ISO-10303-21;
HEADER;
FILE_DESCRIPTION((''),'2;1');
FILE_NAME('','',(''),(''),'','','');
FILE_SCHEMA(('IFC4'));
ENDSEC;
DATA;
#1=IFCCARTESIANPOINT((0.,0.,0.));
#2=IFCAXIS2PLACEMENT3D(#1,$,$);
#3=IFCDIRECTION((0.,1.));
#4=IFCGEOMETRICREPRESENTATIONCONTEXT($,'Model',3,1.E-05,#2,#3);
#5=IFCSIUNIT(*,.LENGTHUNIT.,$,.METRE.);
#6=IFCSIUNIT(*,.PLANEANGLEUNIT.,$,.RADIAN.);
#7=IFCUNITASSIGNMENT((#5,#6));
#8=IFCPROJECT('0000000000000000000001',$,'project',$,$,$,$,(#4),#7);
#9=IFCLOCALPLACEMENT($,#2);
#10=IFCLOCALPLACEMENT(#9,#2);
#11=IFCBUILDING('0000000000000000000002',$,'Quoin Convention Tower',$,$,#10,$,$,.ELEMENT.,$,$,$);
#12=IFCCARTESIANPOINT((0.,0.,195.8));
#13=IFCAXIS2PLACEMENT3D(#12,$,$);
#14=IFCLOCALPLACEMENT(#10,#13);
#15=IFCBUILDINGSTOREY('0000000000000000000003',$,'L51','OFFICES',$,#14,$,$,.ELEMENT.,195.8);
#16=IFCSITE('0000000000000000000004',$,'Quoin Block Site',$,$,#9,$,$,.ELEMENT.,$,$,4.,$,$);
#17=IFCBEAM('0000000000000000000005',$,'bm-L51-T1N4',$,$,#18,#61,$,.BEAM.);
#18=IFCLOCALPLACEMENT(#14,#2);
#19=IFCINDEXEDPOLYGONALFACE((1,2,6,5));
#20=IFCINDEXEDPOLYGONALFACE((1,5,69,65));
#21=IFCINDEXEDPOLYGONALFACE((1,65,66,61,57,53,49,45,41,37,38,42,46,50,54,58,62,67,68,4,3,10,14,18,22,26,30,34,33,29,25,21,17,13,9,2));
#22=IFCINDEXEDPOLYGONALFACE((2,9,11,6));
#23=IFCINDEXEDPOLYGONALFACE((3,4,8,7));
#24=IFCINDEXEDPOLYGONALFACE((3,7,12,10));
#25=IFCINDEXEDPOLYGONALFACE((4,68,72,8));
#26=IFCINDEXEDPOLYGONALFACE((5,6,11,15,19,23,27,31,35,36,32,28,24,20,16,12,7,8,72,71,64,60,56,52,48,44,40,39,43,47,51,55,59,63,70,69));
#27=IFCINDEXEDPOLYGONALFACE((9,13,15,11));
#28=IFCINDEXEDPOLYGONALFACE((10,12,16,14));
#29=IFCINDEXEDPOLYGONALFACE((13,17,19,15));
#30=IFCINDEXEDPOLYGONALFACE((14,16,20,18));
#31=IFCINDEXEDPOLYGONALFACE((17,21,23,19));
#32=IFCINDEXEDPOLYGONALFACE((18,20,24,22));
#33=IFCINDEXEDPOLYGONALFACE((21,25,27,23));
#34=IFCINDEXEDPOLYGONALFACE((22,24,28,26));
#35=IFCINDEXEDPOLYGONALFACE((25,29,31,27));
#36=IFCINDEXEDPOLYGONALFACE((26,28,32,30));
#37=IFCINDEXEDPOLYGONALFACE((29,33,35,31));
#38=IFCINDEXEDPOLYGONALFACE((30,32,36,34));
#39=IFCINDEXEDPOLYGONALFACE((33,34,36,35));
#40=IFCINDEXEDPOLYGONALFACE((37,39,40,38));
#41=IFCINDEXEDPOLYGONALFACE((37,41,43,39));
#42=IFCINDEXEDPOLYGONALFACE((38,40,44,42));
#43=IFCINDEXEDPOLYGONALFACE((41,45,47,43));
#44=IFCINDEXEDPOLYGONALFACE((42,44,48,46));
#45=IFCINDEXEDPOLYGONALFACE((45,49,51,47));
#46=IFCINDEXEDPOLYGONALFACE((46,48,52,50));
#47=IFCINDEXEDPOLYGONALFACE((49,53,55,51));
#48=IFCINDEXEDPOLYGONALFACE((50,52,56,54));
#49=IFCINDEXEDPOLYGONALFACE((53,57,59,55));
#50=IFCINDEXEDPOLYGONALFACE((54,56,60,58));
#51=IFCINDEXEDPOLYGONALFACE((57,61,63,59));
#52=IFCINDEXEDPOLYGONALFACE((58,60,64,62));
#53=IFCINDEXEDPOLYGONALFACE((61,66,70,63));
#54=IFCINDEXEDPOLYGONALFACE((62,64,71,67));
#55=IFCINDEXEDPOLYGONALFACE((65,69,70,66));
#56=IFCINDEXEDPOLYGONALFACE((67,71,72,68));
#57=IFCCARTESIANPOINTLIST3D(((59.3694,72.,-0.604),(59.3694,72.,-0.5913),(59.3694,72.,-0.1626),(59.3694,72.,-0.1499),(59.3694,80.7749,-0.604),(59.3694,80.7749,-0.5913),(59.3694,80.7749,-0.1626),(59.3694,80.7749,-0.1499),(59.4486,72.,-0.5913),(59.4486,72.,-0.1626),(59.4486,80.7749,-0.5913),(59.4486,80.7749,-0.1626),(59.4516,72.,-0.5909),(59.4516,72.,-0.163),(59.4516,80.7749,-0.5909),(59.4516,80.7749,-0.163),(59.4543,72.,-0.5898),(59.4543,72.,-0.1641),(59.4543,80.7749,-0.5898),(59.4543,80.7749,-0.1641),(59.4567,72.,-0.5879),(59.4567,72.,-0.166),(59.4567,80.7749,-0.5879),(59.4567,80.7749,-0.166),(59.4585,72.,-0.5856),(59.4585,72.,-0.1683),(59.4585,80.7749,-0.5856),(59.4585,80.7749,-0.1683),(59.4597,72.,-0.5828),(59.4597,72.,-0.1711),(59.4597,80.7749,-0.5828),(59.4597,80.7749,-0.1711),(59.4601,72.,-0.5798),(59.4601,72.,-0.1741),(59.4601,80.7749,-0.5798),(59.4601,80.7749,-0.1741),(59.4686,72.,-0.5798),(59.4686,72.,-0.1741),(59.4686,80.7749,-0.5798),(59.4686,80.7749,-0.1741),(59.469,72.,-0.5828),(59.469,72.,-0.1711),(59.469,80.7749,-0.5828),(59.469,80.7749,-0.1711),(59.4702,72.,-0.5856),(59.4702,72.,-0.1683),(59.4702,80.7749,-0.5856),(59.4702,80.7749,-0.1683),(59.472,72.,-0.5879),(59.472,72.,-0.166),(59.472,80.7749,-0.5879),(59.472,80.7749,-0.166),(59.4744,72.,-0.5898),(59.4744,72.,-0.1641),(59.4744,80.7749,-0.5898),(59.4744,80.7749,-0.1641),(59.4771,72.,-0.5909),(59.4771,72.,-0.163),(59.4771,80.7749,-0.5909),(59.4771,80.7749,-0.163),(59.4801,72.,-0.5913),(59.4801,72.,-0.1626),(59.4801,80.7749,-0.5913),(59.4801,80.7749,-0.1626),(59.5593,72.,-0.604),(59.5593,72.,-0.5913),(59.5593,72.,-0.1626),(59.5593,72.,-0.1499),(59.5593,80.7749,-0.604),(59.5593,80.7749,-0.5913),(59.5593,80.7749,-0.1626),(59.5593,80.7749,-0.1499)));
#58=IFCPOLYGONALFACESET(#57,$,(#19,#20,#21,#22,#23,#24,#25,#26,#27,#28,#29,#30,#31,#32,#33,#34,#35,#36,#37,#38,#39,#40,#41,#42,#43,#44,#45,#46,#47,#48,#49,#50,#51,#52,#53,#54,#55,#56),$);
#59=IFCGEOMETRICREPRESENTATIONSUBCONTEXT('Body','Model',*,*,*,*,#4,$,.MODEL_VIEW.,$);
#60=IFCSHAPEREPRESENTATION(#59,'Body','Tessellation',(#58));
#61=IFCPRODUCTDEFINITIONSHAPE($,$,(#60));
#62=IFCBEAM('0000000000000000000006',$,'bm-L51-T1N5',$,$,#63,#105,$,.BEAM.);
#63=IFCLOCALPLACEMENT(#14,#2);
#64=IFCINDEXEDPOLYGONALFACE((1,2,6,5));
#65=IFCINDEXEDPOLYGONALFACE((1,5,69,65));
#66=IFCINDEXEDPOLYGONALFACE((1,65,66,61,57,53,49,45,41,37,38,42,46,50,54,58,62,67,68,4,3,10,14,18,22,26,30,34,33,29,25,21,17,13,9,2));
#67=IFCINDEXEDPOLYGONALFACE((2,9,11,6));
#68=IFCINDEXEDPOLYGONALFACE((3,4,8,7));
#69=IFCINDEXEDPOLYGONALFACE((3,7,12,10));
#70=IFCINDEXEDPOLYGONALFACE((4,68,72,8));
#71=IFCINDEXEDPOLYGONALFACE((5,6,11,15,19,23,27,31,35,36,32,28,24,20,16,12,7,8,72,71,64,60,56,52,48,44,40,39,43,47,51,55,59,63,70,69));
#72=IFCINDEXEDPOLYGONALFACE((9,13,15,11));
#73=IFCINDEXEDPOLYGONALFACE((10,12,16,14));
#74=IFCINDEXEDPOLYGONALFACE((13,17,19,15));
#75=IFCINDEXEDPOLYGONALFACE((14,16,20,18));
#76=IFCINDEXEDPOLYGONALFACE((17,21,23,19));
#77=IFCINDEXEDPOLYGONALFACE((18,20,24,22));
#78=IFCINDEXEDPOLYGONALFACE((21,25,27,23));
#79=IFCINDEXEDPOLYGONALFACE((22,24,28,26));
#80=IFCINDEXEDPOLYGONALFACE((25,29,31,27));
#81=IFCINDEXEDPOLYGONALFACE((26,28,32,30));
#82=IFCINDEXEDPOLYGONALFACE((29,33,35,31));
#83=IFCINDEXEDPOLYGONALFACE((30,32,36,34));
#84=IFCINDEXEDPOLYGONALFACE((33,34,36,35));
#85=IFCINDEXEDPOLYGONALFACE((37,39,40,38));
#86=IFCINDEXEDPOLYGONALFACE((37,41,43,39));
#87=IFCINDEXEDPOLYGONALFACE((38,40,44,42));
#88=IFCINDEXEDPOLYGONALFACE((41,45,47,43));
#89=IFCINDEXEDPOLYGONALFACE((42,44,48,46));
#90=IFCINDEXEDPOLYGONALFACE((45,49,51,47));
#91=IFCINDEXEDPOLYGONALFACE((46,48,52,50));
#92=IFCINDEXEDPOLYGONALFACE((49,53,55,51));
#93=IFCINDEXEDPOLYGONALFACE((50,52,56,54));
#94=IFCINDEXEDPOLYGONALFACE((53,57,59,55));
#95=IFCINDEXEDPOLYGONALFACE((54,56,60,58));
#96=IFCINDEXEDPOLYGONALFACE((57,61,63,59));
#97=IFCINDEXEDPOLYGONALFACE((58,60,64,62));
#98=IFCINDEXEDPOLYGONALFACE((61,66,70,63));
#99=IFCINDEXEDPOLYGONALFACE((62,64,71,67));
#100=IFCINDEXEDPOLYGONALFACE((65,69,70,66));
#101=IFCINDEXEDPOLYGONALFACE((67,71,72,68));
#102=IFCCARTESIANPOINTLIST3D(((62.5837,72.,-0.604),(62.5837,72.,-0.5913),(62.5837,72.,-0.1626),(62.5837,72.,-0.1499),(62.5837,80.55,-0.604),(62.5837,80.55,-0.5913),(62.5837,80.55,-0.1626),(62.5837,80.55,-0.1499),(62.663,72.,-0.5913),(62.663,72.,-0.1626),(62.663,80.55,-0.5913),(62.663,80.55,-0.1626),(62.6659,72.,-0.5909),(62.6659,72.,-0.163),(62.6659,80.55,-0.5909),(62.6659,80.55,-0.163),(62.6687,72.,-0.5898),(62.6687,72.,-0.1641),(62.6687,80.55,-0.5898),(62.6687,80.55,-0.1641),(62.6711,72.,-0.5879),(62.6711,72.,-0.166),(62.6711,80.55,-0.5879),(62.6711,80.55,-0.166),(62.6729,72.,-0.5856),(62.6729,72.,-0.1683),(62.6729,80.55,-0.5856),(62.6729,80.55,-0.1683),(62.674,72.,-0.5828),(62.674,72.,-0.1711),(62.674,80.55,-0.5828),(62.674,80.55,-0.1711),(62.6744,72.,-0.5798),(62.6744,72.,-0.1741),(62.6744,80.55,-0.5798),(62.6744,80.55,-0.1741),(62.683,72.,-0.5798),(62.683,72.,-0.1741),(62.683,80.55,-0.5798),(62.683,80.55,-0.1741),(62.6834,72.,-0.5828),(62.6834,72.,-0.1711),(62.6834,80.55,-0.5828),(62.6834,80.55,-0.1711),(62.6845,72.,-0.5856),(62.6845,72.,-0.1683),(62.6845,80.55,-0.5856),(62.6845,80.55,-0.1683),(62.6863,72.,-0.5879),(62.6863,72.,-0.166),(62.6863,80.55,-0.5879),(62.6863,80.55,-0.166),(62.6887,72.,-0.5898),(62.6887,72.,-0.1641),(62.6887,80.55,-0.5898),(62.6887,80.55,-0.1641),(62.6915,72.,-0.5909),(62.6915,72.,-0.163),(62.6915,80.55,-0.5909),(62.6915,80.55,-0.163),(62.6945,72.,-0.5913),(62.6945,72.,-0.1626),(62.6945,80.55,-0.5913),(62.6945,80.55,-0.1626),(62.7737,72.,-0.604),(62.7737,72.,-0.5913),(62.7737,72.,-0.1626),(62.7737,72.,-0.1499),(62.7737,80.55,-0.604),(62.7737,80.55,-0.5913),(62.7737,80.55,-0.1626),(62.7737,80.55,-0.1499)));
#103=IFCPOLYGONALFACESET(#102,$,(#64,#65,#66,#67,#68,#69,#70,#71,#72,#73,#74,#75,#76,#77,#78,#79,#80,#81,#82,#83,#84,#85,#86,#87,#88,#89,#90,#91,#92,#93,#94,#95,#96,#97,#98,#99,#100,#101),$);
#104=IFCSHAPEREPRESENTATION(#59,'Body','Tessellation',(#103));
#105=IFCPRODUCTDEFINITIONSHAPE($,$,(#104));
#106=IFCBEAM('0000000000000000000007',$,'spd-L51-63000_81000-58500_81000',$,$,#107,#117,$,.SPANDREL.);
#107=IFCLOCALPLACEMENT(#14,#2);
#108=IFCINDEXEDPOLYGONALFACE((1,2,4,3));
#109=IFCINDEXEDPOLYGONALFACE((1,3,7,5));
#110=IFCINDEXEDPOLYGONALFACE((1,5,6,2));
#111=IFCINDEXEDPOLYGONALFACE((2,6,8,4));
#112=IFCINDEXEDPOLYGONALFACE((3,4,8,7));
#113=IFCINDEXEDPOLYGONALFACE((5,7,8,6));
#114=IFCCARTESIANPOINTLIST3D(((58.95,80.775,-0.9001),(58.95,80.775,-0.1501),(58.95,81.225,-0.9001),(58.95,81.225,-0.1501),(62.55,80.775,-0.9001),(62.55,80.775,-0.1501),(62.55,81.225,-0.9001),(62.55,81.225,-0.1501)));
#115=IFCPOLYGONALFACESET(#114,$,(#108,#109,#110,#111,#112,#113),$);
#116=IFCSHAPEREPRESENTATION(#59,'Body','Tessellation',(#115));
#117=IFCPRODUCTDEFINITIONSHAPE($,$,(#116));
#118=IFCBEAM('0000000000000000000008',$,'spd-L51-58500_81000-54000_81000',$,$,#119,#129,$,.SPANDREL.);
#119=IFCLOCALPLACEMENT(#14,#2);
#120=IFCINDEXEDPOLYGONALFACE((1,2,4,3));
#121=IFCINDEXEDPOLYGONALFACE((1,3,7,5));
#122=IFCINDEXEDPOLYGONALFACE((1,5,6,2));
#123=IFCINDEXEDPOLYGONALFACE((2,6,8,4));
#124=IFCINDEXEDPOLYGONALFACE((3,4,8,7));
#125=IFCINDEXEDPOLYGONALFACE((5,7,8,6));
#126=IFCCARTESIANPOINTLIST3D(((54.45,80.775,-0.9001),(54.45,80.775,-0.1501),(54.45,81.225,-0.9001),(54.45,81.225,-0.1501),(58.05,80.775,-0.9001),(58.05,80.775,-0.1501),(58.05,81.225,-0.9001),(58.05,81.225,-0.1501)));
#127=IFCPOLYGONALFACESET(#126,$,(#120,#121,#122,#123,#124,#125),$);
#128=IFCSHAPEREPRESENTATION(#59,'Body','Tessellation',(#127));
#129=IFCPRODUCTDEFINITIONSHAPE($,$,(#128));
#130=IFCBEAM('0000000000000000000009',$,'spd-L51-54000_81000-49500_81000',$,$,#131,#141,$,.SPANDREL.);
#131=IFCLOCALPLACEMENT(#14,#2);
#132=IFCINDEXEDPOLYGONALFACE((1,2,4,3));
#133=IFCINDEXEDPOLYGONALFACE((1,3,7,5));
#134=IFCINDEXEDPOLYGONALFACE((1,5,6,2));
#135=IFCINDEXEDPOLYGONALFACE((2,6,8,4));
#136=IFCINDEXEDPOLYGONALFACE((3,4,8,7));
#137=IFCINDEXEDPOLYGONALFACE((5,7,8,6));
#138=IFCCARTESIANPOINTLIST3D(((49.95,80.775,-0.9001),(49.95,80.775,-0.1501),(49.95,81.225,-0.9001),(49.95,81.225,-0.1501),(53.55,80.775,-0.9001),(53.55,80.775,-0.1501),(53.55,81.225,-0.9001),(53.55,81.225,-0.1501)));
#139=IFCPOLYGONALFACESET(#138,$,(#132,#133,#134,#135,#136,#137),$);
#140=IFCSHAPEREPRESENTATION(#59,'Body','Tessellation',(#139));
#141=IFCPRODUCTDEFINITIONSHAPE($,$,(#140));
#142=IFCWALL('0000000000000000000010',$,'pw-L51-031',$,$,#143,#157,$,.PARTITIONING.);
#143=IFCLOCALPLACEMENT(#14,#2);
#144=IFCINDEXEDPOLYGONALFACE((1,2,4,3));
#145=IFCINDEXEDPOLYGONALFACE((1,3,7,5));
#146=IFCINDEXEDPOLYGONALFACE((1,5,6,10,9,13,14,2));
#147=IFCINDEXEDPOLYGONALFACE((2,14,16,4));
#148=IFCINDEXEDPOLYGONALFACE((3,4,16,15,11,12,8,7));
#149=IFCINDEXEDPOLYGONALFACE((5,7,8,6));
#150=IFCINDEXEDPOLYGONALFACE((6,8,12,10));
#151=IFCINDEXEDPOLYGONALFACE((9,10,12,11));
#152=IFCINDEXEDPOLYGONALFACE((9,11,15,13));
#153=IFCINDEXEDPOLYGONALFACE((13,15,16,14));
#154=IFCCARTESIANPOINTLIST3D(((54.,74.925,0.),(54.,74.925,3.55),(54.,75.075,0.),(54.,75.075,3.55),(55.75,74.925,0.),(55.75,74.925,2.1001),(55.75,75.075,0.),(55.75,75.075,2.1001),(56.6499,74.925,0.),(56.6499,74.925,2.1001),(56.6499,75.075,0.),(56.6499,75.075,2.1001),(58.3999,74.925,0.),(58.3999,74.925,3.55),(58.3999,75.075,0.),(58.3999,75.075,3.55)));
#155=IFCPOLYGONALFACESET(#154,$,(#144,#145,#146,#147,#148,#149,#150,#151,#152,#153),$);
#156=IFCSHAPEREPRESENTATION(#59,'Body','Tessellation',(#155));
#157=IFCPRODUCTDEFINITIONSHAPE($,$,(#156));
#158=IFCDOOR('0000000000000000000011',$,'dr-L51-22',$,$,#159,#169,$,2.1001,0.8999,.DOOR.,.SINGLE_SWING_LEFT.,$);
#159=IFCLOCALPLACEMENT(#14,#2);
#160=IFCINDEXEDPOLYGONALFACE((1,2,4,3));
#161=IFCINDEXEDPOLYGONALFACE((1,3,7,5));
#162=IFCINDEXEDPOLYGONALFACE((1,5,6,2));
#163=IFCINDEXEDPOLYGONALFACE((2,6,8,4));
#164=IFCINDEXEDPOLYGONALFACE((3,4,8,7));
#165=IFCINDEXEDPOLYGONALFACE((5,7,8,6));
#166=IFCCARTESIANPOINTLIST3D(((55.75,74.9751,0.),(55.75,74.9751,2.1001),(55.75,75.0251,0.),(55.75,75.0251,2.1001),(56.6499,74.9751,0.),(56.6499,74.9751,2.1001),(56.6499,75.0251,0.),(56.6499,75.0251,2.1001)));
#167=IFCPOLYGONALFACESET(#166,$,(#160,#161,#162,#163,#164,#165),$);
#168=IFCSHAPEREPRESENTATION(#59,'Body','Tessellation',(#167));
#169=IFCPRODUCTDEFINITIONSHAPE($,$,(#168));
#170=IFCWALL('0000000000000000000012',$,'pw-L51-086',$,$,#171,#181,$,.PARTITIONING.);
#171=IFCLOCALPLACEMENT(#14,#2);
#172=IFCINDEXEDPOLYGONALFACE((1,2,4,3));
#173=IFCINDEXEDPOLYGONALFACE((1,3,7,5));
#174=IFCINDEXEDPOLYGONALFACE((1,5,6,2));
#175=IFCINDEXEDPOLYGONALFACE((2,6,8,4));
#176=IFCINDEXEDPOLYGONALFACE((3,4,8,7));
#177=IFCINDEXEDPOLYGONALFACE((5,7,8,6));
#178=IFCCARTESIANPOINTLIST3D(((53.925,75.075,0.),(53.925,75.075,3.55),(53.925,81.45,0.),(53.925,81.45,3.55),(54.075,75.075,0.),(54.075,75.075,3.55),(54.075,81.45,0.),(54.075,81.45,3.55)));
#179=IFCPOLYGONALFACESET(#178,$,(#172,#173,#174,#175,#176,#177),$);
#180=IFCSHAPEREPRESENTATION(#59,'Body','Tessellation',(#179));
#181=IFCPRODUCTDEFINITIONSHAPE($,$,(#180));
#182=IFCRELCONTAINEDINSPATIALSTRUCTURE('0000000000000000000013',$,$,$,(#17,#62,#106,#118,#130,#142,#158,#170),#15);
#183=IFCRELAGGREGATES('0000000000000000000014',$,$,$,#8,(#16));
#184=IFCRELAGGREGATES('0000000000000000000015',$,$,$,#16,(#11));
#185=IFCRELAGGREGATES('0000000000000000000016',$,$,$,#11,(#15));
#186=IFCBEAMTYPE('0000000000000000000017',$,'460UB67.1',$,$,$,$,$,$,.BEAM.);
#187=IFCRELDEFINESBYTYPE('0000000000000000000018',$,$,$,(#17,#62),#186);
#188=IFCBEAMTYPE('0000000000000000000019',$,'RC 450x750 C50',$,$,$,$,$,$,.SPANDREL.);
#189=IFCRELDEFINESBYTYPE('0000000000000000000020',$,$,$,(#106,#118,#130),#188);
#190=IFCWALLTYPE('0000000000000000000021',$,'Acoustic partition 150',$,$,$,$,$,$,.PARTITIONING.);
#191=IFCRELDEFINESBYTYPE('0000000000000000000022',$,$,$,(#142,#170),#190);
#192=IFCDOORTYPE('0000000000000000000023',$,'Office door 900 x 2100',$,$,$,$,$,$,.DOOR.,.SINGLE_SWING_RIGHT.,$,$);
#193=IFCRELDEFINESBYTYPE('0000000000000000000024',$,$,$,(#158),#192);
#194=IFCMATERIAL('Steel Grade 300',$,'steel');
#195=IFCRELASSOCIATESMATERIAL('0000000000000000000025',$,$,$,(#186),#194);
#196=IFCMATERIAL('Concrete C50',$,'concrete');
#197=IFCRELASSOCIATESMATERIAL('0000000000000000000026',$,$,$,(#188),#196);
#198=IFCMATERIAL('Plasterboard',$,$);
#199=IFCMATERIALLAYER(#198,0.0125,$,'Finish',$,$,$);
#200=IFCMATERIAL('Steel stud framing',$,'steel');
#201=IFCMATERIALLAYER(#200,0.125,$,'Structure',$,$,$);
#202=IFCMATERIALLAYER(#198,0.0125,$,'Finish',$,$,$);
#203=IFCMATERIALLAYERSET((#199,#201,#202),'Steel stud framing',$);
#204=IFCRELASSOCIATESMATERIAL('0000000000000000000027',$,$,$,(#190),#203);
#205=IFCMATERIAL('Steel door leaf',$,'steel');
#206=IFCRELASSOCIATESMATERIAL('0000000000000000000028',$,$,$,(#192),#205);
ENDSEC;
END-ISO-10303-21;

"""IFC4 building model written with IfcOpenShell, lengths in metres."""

from ifc_helpers import new_model, si_unit, direction, frame, frame_2d, origin, origin_2d, place, context, subcontext, project, spatial, rectangle, i_section, extrude, material, layer, layer_set, material_profile, profile_set, type_object, element, fill, save


model = new_model("IFC4")

# Units and contexts
model_context = context("Model", 3, precision=1e-05, world=origin(), true_north=direction((0.0, 1.0)))
body_context = subcontext(model_context, "Body", "Model", "MODEL_VIEW")
ifc_project = project(units=[si_unit("LENGTHUNIT", "METRE"), si_unit("PLANEANGLEUNIT", "RADIAN")], contexts=[model_context])

# Site, building, storey
site_placement = place(None, origin())
site = spatial("IfcSite", under=ifc_project, at=site_placement, Name="Quoin Block Site", CompositionType="ELEMENT", RefElevation=4.0)
building_placement = place(site_placement, origin())
building = spatial("IfcBuilding", under=site, at=building_placement, Name="Quoin Convention Tower", CompositionType="ELEMENT")
storey_placement = place(building_placement, frame((0.0, 0.0, 195.8)))
storey = spatial("IfcBuildingStorey", under=building, at=storey_placement, Name="L51", Description="OFFICES", CompositionType="ELEMENT", Elevation=195.8)

# Shared definitions
ifc_material_1 = material(Name="Concrete C50", Category="concrete")

# Beams
ifc_material_2 = material(Name="Steel Grade 300", Category="steel")
ifc_material_profile_1 = material_profile(ifc_material_2, i_section(OverallWidth=0.1899, OverallDepth=0.4541, WebThickness=0.0085, FlangeThickness=0.0127, FilletRadius=0.0115, at=origin_2d()), Name="460UB67.1")
ifc_profile_set_1 = profile_set([ifc_material_profile_1], Name="Steel Grade 300")
beam_type_1 = type_object("IfcBeamType", Name="460UB67.1", PredefinedType="BEAM", material=ifc_profile_set_1)
for number, where, z_axis, x_axis, name in (
    (1, (59.4644, 72.0, -0.377), (0.0, 1.0, 0.0), (-1.0, 0.0, 0.0), "bm-L51-T1N4"),
):
    element("IfcBeam", number, at=place(storey_placement, frame(where, z_axis=z_axis, x_axis=x_axis)), inside=storey, type_object=beam_type_1, Name=name, PredefinedType="BEAM", context=body_context, shape_type="SweptSolid", body=[
        extrude(i_section(OverallWidth=0.1899, OverallDepth=0.4541, WebThickness=0.0085, FlangeThickness=0.0127, FilletRadius=0.0115, at=origin_2d()), origin(), (0.0, 0.0, 1.0), 8.7749),
    ])
beam_1_placement = place(storey_placement, frame((62.6787, 72.0, -0.377), z_axis=(0.0, 1.0, 0.0), x_axis=(-1.0, 0.0, 0.0)))
element("IfcBeam", 2, at=beam_1_placement, inside=storey, type_object=beam_type_1, Name="bm-L51-T1N5", PredefinedType="BEAM", context=body_context, shape_type="SweptSolid", body=[
    extrude(i_section(OverallWidth=0.1899, OverallDepth=0.4541, WebThickness=0.0085, FlangeThickness=0.0127, FilletRadius=0.0115, at=origin_2d()), origin(), (0.0, 0.0, 1.0), 8.55),
])
ifc_material_profile_2 = material_profile(ifc_material_1, rectangle(XDim=0.45, YDim=0.75, at=origin_2d()), Name="RC 450x750")
ifc_profile_set_2 = profile_set([ifc_material_profile_2], Name="Concrete C50")
beam_type_2 = type_object("IfcBeamType", Name="RC 450x750 C50", PredefinedType="SPANDREL", material=ifc_profile_set_2)
for number, where, z_axis, x_axis, name in (
    (3, (62.55, 81.0, -0.5251), (-1.0, 0.0, 0.0), (0.0, -1.0, 0.0), "spd-L51-63000_81000-58500_81000"),
    (4, (58.05, 81.0, -0.5251), (-1.0, 0.0, 0.0), (0.0, -1.0, 0.0), "spd-L51-58500_81000-54000_81000"),
    (5, (53.55, 81.0, -0.5251), (-1.0, 0.0, 0.0), (0.0, -1.0, 0.0), "spd-L51-54000_81000-49500_81000"),
):
    element("IfcBeam", number, at=place(storey_placement, frame(where, z_axis=z_axis, x_axis=x_axis)), inside=storey, type_object=beam_type_2, Name=name, PredefinedType="SPANDREL", context=body_context, shape_type="SweptSolid", body=[
        extrude(rectangle(XDim=0.45, YDim=0.75, at=origin_2d()), origin(), (0.0, 0.0, 1.0), 3.6001),
    ])

# Wall, opening, door
ifc_material_3 = material(Name="Plasterboard")
ifc_layer_1 = layer(ifc_material_3, 0.0125, Name="Finish")
ifc_material_4 = material(Name="Steel stud framing", Category="steel")
ifc_layer_2 = layer(ifc_material_4, 0.125, Name="Structure")
ifc_layer_3 = layer(ifc_material_3, 0.0125, Name="Finish")
ifc_layer_set_1 = layer_set([ifc_layer_1, ifc_layer_2, ifc_layer_3], Name="Steel stud framing")
wall_type_1 = type_object("IfcWallType", Name="Acoustic partition 150", PredefinedType="PARTITIONING", material=ifc_layer_set_1)
wall_1_placement = place(storey_placement, frame((54.0, 75.0, 0.0), z_axis=(0.0, 0.0, 1.0), x_axis=(1.0, 0.0, 0.0)))
wall_1 = element("IfcWall", 6, at=wall_1_placement, inside=storey, type_object=wall_type_1, Name="pw-L51-031", PredefinedType="PARTITIONING", context=body_context, shape_type="SweptSolid", body=[
    extrude(rectangle(XDim=4.3999, YDim=0.1499, at=frame_2d((2.2, 0.0))), origin(), (0.0, 0.0, 1.0), 3.55),
])
opening_1_placement = place(wall_1_placement, frame((1.75, 0.0, 0.0)))
opening_1 = element("IfcOpeningElement", 7, at=opening_1_placement, cuts=wall_1, PredefinedType="OPENING", context=body_context, shape_type="SweptSolid", body=[
    extrude(rectangle(XDim=0.8999, YDim=2.1001, at=frame_2d((0.45, 1.05))), frame((0.0, 0.085, 0.0), z_axis=(0.0, -1.0, 0.0), x_axis=(1.0, 0.0, 0.0)), (0.0, 0.0, 1.0), 0.1699),
])
ifc_material_5 = material(Name="Steel door leaf", Category="steel")
door_type = type_object("IfcDoorType", Name="Office door 900 x 2100", OperationType="SINGLE_SWING_RIGHT", PredefinedType="DOOR", material=ifc_material_5)
door_1_placement = place(opening_1_placement, frame((0.8999, 0.0, 0.0), z_axis=(0.0, 0.0, 1.0), x_axis=(-1.0, 0.0, 0.0)))
door_1 = element("IfcDoor", 8, at=door_1_placement, inside=storey, type_object=door_type, Name="dr-L51-22", OperationType="SINGLE_SWING_LEFT", OverallHeight=2.1001, OverallWidth=0.8999, PredefinedType="DOOR", context=body_context, shape_type="SweptSolid", body=[
    extrude(rectangle(XDim=0.8999, YDim=2.1001, at=frame_2d((0.45, 1.05))), frame((0.0, 0.0249, 0.0), z_axis=(0.0, -1.0, 0.0), x_axis=(1.0, 0.0, 0.0)), (0.0, 0.0, 1.0), 0.05),
])
fill(opening_1, door_1)

# Wall
wall_2_placement = place(storey_placement, frame((54.0, 75.075, 0.0), z_axis=(0.0, 0.0, 1.0), x_axis=(0.0, 1.0, 0.0)))
element("IfcWall", 9, at=wall_2_placement, inside=storey, type_object=wall_type_1, Name="pw-L51-086", PredefinedType="PARTITIONING", context=body_context, shape_type="SweptSolid", body=[
    extrude(rectangle(XDim=6.375, YDim=0.1499, at=frame_2d((3.1875, 0.0))), origin(), (0.0, 0.0, 1.0), 3.55),
])

save(model, "model.ifc")
